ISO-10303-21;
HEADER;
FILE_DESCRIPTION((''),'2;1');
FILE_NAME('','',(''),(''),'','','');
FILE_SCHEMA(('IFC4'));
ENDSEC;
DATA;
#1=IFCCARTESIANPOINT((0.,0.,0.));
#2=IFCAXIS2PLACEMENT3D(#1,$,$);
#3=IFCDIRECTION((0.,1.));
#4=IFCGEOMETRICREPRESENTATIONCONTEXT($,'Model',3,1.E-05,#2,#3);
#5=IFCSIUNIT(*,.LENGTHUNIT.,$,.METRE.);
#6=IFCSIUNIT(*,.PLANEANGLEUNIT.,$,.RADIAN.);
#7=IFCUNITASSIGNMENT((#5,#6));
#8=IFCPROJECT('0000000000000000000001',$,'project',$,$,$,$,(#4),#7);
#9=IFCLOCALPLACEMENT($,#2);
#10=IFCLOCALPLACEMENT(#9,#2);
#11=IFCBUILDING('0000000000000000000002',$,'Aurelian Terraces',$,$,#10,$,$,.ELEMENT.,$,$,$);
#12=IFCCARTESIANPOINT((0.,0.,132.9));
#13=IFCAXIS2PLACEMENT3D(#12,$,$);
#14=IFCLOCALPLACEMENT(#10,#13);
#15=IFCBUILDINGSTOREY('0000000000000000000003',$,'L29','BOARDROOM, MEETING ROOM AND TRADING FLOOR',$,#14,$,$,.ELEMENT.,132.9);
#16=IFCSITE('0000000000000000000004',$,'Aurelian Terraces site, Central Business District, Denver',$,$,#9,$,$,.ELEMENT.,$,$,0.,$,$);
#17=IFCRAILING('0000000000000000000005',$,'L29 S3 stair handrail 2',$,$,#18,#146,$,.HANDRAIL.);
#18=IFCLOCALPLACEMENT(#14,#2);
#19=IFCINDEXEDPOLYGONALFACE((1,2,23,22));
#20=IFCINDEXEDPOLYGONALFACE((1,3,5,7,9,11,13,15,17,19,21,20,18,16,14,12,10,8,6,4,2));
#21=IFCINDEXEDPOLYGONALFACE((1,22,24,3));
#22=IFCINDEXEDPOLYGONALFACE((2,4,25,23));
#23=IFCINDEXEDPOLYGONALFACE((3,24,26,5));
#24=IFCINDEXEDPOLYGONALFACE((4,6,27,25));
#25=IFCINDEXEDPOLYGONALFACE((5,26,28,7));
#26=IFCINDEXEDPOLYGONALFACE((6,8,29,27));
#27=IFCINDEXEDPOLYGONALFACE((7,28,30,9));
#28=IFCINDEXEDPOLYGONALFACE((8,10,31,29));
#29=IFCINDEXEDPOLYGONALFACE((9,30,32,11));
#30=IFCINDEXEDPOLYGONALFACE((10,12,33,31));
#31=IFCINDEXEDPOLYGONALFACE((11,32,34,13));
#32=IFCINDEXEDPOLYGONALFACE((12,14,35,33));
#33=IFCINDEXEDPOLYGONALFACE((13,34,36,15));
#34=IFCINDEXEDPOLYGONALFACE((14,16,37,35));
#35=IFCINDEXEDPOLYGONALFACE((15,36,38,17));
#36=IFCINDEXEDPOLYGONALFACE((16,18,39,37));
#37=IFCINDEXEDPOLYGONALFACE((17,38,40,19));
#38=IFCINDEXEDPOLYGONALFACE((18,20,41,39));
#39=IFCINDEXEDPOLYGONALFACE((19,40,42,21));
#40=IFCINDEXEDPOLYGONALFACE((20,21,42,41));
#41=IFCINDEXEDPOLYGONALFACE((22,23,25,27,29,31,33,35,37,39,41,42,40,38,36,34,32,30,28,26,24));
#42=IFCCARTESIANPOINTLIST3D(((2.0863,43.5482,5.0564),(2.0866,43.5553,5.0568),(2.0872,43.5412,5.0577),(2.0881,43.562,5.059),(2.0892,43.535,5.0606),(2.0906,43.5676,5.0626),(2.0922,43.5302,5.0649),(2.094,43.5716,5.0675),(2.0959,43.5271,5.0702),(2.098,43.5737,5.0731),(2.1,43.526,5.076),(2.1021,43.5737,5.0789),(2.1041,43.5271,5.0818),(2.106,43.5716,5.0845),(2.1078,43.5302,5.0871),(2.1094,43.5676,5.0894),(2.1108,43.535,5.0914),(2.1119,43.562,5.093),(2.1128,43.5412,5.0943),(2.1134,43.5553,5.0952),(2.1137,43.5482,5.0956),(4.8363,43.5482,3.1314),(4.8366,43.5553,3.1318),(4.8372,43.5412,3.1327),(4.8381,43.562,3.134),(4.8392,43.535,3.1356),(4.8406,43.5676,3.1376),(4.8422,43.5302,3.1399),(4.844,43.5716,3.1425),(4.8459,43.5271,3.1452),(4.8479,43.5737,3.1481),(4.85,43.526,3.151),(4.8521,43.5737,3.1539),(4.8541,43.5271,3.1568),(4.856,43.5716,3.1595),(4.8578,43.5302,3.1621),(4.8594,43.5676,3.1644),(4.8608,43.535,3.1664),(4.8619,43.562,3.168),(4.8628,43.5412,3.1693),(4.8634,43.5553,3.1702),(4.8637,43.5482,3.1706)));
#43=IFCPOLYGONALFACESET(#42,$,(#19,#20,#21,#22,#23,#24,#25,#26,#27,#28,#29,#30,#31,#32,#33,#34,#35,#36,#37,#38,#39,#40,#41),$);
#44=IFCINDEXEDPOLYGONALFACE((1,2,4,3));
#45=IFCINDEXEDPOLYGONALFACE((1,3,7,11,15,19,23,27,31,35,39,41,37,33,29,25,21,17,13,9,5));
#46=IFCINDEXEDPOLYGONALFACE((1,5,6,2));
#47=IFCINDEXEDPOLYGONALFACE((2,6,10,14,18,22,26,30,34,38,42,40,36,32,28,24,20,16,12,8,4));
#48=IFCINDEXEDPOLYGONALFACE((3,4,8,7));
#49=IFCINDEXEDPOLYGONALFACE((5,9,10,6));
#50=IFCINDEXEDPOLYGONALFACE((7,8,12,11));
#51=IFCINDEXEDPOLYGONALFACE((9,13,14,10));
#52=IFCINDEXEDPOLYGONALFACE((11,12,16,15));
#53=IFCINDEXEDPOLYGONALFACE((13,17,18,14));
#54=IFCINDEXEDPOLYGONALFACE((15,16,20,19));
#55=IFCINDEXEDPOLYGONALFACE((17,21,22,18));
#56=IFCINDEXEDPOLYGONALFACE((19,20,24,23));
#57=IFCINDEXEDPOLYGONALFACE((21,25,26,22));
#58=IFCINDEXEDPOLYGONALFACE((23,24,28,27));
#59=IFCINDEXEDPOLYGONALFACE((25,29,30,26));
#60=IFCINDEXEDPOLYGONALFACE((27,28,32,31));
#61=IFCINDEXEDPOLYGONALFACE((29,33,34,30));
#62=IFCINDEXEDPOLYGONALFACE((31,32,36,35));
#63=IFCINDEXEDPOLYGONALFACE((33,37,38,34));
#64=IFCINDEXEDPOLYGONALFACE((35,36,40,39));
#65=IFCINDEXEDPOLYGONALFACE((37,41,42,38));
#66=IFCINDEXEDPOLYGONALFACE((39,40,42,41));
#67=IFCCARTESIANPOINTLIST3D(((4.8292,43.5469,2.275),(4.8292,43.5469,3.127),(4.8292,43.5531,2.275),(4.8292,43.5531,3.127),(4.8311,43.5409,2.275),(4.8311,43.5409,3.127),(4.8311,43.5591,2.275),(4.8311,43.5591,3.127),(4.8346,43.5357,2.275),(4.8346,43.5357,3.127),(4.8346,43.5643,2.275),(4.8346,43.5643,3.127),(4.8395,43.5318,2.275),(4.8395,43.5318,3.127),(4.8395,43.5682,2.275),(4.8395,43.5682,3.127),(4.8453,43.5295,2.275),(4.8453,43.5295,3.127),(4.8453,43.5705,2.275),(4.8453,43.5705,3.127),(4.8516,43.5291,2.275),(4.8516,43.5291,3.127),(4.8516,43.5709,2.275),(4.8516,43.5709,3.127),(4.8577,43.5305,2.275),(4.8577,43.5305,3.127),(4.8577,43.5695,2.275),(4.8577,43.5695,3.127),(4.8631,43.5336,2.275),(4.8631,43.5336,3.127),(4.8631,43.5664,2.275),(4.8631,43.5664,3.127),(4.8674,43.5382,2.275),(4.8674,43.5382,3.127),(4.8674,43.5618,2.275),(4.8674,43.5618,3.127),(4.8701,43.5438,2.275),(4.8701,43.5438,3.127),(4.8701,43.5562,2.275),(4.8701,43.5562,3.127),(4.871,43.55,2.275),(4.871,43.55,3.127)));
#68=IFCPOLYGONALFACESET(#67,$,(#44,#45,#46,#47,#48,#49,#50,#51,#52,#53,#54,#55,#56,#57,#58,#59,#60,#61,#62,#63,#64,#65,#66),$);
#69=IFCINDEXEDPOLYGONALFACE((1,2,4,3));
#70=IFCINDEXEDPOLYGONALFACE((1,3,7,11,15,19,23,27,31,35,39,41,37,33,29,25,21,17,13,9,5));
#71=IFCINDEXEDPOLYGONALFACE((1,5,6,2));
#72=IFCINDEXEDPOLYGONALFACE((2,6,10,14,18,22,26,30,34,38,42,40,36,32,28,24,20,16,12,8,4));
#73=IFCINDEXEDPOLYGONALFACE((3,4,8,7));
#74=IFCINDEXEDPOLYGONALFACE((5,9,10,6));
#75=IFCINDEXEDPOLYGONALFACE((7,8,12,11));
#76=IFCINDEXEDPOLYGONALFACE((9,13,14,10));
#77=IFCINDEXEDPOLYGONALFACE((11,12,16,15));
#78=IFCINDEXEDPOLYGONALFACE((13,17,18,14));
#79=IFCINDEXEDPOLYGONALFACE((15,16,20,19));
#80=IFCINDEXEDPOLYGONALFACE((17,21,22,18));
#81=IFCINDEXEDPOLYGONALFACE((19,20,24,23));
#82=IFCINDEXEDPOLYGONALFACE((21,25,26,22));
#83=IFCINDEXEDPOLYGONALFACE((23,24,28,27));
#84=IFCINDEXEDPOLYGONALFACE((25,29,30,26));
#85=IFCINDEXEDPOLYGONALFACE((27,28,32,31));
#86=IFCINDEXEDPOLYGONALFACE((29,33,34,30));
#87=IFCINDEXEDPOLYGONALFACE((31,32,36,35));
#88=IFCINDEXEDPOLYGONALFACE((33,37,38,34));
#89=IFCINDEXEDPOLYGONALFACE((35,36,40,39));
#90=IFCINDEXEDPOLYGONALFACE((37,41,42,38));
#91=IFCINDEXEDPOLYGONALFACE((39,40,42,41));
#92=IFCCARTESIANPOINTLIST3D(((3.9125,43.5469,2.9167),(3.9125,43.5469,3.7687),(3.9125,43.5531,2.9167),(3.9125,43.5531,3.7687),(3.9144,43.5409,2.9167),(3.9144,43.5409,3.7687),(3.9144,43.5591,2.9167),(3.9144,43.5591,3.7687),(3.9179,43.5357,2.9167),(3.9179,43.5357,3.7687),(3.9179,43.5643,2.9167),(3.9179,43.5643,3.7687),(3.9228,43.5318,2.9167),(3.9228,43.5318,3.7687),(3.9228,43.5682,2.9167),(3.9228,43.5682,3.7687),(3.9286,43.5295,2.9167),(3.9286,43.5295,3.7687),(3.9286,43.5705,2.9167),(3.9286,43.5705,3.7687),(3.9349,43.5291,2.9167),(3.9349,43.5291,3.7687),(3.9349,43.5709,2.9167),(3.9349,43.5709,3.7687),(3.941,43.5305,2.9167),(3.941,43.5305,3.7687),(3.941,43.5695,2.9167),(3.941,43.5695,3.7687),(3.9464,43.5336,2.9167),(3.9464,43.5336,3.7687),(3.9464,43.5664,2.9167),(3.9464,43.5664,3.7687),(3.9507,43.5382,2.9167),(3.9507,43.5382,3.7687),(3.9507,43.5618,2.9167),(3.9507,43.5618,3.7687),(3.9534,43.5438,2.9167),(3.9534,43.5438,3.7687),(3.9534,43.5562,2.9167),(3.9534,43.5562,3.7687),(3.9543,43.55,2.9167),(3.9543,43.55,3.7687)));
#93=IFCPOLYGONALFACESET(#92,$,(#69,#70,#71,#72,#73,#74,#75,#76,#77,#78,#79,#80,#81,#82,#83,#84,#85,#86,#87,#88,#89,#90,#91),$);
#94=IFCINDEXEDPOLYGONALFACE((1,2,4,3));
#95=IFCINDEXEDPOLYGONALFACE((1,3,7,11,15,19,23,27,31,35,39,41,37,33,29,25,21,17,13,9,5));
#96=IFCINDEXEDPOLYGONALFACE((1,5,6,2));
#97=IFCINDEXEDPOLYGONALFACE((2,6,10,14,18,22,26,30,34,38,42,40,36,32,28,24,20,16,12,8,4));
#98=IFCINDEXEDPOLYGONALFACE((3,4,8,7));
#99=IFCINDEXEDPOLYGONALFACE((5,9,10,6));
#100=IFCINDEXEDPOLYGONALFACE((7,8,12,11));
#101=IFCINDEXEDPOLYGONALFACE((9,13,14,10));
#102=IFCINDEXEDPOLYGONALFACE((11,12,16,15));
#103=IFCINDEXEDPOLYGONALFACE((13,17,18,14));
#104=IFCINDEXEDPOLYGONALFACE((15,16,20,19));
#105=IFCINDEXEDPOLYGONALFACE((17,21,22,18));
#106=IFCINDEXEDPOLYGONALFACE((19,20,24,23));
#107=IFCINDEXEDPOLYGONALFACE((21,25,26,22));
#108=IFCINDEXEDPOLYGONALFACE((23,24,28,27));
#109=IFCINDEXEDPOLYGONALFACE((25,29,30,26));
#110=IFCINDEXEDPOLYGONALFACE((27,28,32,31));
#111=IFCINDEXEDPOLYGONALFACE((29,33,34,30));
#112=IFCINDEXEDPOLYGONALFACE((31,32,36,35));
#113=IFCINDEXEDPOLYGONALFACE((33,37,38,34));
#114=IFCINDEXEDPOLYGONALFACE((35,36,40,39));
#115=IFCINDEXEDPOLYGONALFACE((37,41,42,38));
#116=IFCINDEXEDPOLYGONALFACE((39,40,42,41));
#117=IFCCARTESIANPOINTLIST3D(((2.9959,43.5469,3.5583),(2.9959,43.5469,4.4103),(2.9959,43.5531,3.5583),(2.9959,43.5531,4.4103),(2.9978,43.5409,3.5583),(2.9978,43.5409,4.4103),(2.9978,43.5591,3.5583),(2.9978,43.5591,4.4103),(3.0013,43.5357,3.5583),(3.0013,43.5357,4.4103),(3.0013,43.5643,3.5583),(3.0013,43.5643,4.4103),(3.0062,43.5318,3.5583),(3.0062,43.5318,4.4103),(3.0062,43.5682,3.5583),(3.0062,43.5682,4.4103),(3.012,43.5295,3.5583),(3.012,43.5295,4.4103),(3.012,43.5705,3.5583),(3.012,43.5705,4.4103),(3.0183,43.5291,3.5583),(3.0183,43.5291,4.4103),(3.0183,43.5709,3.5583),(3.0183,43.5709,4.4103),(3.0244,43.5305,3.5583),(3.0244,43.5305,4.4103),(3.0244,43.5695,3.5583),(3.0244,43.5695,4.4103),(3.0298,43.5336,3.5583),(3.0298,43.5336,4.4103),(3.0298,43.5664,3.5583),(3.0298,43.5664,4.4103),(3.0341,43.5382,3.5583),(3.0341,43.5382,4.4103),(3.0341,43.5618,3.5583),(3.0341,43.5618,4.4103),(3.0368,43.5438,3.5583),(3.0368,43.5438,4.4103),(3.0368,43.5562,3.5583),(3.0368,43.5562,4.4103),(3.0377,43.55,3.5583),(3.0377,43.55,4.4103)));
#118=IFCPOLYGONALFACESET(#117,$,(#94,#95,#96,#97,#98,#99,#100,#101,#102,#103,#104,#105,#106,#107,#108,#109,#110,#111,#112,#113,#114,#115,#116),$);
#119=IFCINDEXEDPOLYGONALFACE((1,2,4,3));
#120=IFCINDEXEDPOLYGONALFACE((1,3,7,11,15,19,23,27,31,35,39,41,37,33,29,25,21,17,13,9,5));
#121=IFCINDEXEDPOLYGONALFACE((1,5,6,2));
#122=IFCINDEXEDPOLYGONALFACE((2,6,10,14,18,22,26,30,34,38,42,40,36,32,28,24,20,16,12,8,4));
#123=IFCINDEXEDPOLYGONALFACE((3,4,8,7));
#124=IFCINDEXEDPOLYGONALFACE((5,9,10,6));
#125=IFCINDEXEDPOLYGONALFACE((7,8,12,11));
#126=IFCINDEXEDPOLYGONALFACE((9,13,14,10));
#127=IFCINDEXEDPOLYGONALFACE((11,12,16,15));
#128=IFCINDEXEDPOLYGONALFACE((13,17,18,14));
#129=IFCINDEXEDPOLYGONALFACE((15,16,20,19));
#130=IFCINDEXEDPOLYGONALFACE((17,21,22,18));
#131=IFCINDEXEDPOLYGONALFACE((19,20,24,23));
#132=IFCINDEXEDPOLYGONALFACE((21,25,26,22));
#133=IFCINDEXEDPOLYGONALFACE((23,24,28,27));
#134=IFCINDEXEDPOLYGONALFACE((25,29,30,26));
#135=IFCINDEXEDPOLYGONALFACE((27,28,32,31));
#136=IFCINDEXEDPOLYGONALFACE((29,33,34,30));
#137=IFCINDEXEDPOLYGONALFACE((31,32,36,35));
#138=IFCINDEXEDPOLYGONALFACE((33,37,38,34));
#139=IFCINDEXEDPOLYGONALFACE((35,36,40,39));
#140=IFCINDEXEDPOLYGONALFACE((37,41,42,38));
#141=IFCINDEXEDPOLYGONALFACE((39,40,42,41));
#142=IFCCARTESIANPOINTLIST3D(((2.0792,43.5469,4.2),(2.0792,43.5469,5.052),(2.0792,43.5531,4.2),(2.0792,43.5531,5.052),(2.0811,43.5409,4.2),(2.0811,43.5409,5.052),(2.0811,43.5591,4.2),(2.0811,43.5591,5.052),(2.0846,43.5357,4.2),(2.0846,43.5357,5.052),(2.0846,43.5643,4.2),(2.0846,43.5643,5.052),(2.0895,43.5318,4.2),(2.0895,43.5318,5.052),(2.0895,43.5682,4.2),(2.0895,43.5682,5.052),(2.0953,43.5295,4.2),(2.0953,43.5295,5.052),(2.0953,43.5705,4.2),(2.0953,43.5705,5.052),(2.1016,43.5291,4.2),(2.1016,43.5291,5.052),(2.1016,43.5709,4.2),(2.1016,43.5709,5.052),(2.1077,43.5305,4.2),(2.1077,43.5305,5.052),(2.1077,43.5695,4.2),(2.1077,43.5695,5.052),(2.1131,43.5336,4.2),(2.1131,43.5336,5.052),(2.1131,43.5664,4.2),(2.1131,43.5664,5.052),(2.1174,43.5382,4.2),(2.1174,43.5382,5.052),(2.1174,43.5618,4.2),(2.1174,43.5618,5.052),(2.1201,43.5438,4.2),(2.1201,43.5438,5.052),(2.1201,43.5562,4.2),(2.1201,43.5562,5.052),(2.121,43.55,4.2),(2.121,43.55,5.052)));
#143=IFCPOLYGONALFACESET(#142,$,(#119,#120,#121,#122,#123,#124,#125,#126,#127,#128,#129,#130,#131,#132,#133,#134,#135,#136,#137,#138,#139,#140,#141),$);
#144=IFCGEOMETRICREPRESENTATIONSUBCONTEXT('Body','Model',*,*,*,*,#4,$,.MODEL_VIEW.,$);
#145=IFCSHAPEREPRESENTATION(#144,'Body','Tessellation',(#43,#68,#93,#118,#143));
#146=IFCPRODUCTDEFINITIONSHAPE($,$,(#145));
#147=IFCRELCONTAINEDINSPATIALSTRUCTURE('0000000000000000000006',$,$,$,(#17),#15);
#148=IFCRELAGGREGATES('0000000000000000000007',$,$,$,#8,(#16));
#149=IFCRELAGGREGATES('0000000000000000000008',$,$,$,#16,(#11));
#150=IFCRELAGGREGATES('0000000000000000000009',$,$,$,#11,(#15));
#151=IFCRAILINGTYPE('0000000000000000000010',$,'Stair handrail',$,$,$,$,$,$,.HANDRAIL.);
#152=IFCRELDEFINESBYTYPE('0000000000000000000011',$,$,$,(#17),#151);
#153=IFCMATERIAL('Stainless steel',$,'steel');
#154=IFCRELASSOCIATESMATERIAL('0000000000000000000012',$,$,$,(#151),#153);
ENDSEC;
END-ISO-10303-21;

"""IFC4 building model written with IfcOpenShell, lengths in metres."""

from ifc_helpers import new_model, si_unit, direction, frame, origin, origin_2d, place, context, subcontext, project, spatial, circle, extrude, source, transform, mapped, material, type_object, element, save


model = new_model("IFC4")

# Units and contexts
model_context = context("Model", 3, precision=1e-05, world=origin(), true_north=direction((0.0, 1.0)))
body_context = subcontext(model_context, "Body", "Model", "MODEL_VIEW")
ifc_project = project(units=[si_unit("LENGTHUNIT", "METRE"), si_unit("PLANEANGLEUNIT", "RADIAN")], contexts=[model_context])

# Site, building, storey
site_placement = place(None, origin())
site = spatial("IfcSite", under=ifc_project, at=site_placement, Name="Aurelian Terraces site, Central Business District, Denver", CompositionType="ELEMENT", RefElevation=0.0)
building_placement = place(site_placement, origin())
building = spatial("IfcBuilding", under=site, at=building_placement, Name="Aurelian Terraces", CompositionType="ELEMENT")
storey_placement = place(building_placement, frame((0.0, 0.0, 132.9)))
storey = spatial("IfcBuildingStorey", under=building, at=storey_placement, Name="L29", Description="BOARDROOM, MEETING ROOM AND TRADING FLOOR", CompositionType="ELEMENT", Elevation=132.9)

# Railing
ifc_material_1 = material(Name="Stainless steel", Category="steel")
railing_type_1 = type_object("IfcRailingType", Name="Stair handrail", PredefinedType="HANDRAIL", material=ifc_material_1)
shared_shape_1 = source(origin(), body_context, "Body", "SweptSolid", [
    extrude(circle(Radius=0.024, at=origin_2d()), frame((0.0, 0.0, 0.876), z_axis=(-0.819232, 0.0, 0.573462), x_axis=(0.0, -1.0, 0.0)), (0.0, 0.0, 1.0), 3.3568),
    extrude(circle(Radius=0.021, at=origin_2d()), origin(), (0.0, 0.0, 1.0), 0.852),
    extrude(circle(Radius=0.021, at=origin_2d()), frame((-0.9167, 0.0, 0.6417)), (0.0, 0.0, 1.0), 0.852),
    extrude(circle(Radius=0.021, at=origin_2d()), frame((-1.8333, 0.0, 1.2833)), (0.0, 0.0, 1.0), 0.852),
    extrude(circle(Radius=0.021, at=origin_2d()), frame((-2.75, 0.0, 1.925)), (0.0, 0.0, 1.0), 0.852),
])
railing_1_placement = place(storey_placement, frame((4.85, 43.55, 2.275)))
element("IfcRailing", 1, at=railing_1_placement, inside=storey, type_object=railing_type_1, Name="L29 S3 stair handrail 2", PredefinedType="HANDRAIL", context=body_context, shape_type="MappedRepresentation", body=[
    mapped(shared_shape_1, transform((0.0, 0.0, 0.0), scale=1.0)),
])

save(model, "model.ifc")
